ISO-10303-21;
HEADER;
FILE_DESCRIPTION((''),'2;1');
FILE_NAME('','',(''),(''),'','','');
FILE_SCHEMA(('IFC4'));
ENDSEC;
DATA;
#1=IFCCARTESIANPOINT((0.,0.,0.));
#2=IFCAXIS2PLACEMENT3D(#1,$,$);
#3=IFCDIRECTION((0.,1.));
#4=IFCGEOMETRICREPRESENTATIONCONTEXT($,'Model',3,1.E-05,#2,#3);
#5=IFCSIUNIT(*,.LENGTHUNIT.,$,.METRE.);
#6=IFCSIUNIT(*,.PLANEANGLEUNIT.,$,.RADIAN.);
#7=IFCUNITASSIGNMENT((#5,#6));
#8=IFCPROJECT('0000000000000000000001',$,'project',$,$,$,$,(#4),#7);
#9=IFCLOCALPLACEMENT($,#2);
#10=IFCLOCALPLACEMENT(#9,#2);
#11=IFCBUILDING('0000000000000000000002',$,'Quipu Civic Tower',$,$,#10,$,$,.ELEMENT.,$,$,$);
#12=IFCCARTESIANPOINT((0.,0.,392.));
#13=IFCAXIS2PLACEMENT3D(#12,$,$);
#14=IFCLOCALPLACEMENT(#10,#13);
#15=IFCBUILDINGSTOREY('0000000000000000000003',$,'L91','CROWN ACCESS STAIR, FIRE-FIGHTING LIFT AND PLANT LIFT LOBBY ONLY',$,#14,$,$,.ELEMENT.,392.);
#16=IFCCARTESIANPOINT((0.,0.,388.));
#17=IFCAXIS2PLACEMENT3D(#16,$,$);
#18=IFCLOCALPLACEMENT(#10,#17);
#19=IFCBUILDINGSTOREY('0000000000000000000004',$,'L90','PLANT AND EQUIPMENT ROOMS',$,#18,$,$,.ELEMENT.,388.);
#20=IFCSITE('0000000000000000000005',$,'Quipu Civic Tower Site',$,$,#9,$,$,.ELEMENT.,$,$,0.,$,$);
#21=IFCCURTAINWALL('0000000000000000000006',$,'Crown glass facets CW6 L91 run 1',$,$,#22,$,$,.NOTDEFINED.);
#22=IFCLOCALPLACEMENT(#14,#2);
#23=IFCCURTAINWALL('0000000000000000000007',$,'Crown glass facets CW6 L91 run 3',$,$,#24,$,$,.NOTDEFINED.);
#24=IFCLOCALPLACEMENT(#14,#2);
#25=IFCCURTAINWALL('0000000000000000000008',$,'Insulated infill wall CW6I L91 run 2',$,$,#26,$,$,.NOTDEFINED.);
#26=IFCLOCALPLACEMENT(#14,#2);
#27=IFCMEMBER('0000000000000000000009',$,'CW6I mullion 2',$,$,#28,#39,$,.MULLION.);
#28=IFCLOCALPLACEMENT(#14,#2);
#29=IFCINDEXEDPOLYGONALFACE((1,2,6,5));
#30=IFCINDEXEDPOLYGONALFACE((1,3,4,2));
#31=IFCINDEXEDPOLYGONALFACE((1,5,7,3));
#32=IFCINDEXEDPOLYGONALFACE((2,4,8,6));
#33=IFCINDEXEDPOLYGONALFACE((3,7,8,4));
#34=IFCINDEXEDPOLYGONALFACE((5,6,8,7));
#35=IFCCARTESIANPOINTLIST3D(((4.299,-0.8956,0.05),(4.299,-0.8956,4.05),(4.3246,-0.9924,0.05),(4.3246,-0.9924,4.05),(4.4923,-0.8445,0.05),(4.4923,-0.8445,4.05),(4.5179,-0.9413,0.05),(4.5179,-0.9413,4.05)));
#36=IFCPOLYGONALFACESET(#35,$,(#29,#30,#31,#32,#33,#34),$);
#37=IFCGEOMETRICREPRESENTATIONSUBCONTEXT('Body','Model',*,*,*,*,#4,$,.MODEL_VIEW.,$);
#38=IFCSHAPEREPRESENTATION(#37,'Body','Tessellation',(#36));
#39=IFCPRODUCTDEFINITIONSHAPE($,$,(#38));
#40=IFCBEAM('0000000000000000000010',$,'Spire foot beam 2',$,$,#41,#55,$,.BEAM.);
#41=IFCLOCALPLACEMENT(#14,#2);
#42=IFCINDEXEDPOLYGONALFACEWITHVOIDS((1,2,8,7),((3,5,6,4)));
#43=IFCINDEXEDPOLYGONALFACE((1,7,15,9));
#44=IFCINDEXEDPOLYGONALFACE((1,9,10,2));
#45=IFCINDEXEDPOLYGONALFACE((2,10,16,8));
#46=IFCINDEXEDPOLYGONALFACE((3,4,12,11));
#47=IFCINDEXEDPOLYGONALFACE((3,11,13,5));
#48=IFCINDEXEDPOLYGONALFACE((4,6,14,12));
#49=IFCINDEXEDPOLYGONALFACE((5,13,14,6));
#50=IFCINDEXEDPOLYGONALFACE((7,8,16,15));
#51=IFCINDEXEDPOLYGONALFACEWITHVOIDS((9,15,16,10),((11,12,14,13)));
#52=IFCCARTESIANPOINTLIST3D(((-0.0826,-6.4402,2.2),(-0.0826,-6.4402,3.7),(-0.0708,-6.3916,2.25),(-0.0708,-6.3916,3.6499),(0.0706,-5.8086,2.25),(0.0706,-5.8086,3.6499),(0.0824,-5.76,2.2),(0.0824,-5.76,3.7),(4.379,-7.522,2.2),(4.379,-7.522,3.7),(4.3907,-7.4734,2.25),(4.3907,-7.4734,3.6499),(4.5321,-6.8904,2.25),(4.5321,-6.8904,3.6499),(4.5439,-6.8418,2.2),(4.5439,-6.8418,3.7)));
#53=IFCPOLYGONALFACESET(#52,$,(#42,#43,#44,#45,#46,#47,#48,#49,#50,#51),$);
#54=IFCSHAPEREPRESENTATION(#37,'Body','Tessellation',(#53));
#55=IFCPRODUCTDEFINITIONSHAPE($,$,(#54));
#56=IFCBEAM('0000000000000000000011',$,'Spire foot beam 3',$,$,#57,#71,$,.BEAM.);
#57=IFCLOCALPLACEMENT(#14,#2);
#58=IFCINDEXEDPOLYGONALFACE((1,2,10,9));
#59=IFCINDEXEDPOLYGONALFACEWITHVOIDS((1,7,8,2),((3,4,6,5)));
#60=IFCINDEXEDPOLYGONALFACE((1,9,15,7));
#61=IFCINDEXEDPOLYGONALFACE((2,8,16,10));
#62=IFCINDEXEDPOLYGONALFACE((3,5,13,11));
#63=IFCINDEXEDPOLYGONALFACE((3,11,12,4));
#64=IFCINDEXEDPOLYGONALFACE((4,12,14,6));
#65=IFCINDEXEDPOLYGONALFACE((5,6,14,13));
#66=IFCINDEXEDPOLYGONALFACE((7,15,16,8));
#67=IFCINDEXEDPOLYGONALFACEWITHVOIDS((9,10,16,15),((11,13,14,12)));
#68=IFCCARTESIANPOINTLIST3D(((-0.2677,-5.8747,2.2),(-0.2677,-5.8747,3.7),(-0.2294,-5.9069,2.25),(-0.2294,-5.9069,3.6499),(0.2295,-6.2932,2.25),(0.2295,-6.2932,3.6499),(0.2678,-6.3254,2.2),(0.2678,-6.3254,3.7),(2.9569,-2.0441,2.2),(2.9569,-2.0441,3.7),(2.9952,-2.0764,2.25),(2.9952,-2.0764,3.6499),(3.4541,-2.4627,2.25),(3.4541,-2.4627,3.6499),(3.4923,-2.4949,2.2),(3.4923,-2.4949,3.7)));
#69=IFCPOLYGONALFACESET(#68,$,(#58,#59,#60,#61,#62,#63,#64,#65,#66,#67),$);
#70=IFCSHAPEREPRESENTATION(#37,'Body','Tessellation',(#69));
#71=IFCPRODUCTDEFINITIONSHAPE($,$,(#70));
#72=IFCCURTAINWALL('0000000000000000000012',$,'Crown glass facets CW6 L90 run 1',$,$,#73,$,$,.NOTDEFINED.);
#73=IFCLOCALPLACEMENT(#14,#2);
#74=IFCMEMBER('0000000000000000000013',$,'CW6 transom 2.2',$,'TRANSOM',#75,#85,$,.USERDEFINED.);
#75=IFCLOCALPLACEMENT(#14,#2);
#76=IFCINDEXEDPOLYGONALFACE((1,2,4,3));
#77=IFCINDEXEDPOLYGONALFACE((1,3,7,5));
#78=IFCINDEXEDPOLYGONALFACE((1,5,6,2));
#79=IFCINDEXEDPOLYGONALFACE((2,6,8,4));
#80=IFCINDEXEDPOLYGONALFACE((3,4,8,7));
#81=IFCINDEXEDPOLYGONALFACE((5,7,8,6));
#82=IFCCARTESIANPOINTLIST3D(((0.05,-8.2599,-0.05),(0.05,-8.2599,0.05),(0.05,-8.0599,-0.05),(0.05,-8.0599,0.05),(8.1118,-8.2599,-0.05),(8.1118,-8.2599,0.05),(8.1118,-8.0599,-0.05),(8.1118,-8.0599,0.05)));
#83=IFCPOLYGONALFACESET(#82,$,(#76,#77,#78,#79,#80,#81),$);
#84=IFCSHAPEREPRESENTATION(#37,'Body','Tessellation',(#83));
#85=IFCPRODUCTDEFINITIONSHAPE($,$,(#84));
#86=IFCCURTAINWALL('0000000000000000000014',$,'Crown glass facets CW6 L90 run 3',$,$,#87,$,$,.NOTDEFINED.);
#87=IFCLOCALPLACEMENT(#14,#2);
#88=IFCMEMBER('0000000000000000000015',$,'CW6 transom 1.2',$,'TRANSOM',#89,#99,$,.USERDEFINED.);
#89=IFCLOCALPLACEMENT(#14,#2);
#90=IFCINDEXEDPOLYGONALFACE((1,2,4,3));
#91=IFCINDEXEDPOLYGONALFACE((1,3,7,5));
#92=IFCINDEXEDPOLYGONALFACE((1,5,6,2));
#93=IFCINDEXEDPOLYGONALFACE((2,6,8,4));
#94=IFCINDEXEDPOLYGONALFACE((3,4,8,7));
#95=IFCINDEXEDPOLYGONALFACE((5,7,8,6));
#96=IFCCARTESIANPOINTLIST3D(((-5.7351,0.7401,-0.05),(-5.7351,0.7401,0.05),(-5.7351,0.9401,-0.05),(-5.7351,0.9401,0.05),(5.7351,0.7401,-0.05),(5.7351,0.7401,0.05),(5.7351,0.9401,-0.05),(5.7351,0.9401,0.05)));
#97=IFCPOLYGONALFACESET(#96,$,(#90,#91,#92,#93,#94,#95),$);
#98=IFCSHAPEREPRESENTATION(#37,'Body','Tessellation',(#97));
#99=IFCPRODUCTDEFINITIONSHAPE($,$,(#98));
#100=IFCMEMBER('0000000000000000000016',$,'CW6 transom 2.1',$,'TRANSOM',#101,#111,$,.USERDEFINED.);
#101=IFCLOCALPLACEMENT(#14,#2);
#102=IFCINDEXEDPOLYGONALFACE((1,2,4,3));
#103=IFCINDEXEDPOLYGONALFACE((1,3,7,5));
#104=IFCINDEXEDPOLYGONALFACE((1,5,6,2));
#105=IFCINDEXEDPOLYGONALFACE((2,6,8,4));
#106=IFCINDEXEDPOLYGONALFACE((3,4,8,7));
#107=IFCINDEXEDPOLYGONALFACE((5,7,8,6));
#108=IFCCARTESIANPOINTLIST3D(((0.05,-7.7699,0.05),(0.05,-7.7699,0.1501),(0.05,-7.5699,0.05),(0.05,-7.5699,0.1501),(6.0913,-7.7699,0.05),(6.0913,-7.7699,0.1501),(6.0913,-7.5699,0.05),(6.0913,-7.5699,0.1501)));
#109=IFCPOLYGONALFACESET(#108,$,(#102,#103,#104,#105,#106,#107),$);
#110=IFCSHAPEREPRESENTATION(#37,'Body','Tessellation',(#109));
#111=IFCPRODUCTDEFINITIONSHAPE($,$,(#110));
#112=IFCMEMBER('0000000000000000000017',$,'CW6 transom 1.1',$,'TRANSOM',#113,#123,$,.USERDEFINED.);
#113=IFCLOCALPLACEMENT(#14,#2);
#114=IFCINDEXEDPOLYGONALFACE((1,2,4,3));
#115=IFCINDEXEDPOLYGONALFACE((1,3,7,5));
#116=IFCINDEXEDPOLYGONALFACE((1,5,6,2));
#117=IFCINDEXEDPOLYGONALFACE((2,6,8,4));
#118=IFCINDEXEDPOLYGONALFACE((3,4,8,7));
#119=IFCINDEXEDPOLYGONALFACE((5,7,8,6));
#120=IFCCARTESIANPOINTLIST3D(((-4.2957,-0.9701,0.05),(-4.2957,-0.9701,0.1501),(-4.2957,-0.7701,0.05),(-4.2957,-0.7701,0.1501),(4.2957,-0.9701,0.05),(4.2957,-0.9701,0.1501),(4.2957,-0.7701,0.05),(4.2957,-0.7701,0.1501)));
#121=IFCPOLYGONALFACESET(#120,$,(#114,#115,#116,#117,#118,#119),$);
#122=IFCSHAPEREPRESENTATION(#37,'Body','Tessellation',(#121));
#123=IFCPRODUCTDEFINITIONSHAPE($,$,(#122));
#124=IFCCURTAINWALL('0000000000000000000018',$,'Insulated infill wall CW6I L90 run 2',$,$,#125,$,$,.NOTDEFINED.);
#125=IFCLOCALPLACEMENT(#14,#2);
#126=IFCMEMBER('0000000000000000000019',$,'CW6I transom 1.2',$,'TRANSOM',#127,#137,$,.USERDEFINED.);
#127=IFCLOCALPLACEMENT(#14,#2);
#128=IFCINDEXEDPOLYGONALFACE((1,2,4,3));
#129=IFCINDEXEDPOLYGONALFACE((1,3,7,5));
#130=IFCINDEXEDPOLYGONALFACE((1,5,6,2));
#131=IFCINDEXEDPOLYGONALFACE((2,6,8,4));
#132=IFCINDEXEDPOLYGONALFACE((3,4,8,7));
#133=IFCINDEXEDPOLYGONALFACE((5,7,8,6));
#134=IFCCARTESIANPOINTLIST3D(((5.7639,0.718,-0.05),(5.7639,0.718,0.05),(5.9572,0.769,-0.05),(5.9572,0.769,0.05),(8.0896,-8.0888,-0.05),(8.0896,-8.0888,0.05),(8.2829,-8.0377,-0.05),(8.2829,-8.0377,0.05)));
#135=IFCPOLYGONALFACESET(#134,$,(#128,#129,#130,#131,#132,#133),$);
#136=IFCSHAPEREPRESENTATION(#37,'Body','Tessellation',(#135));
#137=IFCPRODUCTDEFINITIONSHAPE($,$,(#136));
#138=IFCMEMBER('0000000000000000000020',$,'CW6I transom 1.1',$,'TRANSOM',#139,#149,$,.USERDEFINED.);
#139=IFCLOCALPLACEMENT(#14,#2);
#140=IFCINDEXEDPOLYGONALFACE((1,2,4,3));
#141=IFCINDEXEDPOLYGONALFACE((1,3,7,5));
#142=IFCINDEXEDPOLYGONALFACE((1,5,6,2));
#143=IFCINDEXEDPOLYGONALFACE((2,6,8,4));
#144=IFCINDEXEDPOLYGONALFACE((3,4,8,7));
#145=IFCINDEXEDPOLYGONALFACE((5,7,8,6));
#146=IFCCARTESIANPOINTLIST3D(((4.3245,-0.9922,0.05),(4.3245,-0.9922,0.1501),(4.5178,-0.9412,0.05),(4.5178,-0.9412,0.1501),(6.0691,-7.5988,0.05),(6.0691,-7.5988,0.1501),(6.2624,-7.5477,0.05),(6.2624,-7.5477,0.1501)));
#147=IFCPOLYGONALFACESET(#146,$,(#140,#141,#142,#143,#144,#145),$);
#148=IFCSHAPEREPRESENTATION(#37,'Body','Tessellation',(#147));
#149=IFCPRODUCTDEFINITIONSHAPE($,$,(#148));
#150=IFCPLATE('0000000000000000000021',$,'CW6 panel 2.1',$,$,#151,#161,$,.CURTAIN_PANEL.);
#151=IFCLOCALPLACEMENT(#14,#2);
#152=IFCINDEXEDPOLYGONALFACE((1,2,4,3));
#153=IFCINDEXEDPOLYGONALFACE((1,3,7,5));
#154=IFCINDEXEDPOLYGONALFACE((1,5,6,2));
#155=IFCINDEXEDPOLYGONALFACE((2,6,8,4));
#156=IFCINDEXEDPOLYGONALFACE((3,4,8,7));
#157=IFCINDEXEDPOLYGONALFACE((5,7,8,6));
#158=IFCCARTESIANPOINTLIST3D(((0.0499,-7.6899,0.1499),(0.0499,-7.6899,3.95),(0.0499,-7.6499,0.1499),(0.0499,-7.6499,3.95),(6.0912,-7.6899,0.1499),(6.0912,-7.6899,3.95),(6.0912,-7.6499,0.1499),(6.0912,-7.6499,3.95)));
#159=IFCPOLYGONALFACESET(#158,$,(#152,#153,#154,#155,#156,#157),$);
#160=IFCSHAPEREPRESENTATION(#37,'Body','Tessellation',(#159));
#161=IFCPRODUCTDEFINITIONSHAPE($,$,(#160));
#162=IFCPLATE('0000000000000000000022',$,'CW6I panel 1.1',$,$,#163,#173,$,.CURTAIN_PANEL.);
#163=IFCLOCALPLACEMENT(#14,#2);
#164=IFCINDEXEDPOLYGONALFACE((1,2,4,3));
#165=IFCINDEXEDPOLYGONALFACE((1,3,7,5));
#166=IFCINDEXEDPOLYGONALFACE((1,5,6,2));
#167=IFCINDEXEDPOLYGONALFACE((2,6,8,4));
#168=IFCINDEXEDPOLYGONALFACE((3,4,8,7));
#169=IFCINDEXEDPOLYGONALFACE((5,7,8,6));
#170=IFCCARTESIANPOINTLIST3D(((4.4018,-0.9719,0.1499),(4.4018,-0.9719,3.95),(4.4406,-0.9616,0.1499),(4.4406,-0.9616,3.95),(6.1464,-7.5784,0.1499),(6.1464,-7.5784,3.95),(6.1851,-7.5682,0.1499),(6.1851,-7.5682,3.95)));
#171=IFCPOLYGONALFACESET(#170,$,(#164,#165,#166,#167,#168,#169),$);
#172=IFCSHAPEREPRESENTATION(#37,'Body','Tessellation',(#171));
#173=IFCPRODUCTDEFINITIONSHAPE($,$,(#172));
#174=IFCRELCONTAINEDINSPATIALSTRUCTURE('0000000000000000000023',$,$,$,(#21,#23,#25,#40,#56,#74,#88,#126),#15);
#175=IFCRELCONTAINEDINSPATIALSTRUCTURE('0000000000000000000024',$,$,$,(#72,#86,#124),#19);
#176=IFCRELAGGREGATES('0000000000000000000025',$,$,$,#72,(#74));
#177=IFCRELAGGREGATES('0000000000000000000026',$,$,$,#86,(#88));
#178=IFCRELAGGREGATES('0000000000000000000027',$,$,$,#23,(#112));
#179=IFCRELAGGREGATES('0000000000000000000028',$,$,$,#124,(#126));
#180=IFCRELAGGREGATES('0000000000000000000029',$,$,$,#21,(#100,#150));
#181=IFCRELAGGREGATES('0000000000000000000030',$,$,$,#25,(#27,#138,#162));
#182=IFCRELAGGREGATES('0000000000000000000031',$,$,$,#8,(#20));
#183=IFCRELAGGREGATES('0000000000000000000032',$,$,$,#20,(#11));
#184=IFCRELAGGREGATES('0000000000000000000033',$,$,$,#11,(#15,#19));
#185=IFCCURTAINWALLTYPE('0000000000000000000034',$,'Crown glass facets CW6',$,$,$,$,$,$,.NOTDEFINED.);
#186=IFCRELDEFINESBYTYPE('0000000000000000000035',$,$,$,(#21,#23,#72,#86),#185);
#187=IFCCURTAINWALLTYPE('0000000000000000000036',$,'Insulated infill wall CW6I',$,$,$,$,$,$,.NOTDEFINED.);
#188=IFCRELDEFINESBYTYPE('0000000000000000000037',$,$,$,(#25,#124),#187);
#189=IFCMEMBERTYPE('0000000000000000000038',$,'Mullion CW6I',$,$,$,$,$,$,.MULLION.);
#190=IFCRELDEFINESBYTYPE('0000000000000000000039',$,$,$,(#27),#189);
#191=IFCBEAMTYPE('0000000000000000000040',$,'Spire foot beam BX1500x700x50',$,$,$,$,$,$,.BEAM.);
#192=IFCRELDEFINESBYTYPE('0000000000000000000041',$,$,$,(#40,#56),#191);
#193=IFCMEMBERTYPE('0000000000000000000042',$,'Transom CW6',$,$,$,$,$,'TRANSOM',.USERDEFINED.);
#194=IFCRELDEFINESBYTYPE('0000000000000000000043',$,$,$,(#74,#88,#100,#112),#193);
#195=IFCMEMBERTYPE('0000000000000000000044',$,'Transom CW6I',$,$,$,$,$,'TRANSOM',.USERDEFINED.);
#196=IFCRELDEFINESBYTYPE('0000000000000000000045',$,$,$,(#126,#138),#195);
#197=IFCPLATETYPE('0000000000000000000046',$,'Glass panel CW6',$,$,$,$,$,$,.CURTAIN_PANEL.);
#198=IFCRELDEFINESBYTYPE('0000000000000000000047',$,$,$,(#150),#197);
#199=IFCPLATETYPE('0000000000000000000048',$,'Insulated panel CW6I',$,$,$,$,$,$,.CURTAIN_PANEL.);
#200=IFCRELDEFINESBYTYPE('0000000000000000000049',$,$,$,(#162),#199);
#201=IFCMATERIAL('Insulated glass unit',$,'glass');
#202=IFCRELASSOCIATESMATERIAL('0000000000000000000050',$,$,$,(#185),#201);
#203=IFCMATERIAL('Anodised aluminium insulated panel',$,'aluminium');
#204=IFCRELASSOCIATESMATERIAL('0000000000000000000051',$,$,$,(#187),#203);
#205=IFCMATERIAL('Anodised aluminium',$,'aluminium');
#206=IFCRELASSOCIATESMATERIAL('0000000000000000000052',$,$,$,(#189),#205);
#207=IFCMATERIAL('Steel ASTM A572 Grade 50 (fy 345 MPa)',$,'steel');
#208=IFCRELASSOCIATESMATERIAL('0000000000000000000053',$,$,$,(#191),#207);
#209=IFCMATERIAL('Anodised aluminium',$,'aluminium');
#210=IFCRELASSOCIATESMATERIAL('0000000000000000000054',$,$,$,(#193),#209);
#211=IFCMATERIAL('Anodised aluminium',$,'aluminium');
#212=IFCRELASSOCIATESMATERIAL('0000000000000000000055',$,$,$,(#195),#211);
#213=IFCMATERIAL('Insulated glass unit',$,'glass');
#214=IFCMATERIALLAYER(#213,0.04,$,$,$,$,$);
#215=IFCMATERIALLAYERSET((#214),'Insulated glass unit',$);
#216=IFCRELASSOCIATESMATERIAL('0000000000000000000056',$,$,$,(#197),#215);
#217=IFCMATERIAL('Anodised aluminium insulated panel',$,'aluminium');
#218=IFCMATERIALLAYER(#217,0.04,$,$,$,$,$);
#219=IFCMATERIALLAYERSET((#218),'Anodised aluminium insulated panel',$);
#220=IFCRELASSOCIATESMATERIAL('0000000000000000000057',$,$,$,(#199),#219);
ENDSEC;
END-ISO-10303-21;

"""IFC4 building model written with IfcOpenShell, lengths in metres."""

from ifc_helpers import new_model, si_unit, direction, frame, origin, origin_2d, place, context, subcontext, project, spatial, rectangle, hollow_rectangle, extrude, material, layer, layer_set, material_profile, profile_set, type_object, element, aggregate, save


model = new_model("IFC4")

# Units and contexts
model_context = context("Model", 3, precision=1e-05, world=origin(), true_north=direction((0.0, 1.0)))
body_context = subcontext(model_context, "Body", "Model", "MODEL_VIEW")
ifc_project = project(units=[si_unit("LENGTHUNIT", "METRE"), si_unit("PLANEANGLEUNIT", "RADIAN")], contexts=[model_context])

# Site, building, storey
site_placement = place(None, origin())
site = spatial("IfcSite", under=ifc_project, at=site_placement, Name="Quipu Civic Tower Site", CompositionType="ELEMENT", RefElevation=0.0)
building_placement = place(site_placement, origin())
building = spatial("IfcBuilding", under=site, at=building_placement, Name="Quipu Civic Tower", CompositionType="ELEMENT")
storey_1_placement = place(building_placement, frame((0.0, 0.0, 392.0)))
storey_1 = spatial("IfcBuildingStorey", under=building, at=storey_1_placement, Name="L91", Description="CROWN ACCESS STAIR, FIRE-FIGHTING LIFT AND PLANT LIFT LOBBY ONLY", CompositionType="ELEMENT", Elevation=392.0)

# Curtain walls
ifc_material_1 = material(Name="Insulated glass unit", Category="glass")
curtain_wall_type_1 = type_object("IfcCurtainWallType", Name="Crown glass facets CW6", PredefinedType="NOTDEFINED", material=ifc_material_1)
curtain_wall_1_placement = place(storey_1_placement, origin())
curtain_wall_1 = element("IfcCurtainWall", 1, at=curtain_wall_1_placement, inside=storey_1, type_object=curtain_wall_type_1, Name="Crown glass facets CW6 L91 run 1", PredefinedType="NOTDEFINED")
curtain_wall_2_placement = place(storey_1_placement, origin())
curtain_wall_2 = element("IfcCurtainWall", 2, at=curtain_wall_2_placement, inside=storey_1, type_object=curtain_wall_type_1, Name="Crown glass facets CW6 L91 run 3", PredefinedType="NOTDEFINED")

# Curtain wall, member
ifc_material_2 = material(Name="Anodised aluminium insulated panel", Category="aluminium")
curtain_wall_type_2 = type_object("IfcCurtainWallType", Name="Insulated infill wall CW6I", PredefinedType="NOTDEFINED", material=ifc_material_2)
curtain_wall_3_placement = place(storey_1_placement, origin())
curtain_wall_3 = element("IfcCurtainWall", 3, at=curtain_wall_3_placement, inside=storey_1, type_object=curtain_wall_type_2, Name="Insulated infill wall CW6I L91 run 2", PredefinedType="NOTDEFINED")
ifc_material_3 = material(Name="Anodised aluminium", Category="aluminium")
ifc_material_profile_1 = material_profile(ifc_material_3, rectangle(XDim=0.2, YDim=0.1001, at=origin_2d()), Name="RECT 200x100")
ifc_profile_set_1 = profile_set([ifc_material_profile_1], Name="Anodised aluminium")
member_type_1 = type_object("IfcMemberType", Name="Mullion CW6I", PredefinedType="MULLION", material=ifc_profile_set_1)
member_1_placement = place(storey_1_placement, frame((4.4084, -0.9185, 0.05), z_axis=(0.0, 0.0, 1.0), x_axis=(-0.96686, -0.255308, 0.0)))
member_1 = element("IfcMember", 4, at=member_1_placement, type_object=member_type_1, Name="CW6I mullion 2", PredefinedType="MULLION", context=body_context, shape_type="SweptSolid", body=[
    extrude(rectangle(XDim=0.2, YDim=0.1001, at=origin_2d()), origin(), (0.0, 0.0, 1.0), 4.0),
])

# Beams
ifc_material_4 = material(Name="Steel ASTM A572 Grade 50 (fy 345 MPa)", Category="steel")
ifc_material_profile_2 = material_profile(ifc_material_4, hollow_rectangle(XDim=0.7, YDim=1.5, WallThickness=0.05, at=origin_2d()), Name="BX1500x700x50")
ifc_profile_set_2 = profile_set([ifc_material_profile_2], Name="Steel ASTM A572 Grade 50 (fy 345 MPa)")
beam_type_1 = type_object("IfcBeamType", Name="Spire foot beam BX1500x700x50", PredefinedType="BEAM", material=ifc_profile_set_2)
beam_1_placement = place(storey_1_placement, frame((4.4614, -7.1819, 2.95), z_axis=(-0.971839, 0.235647, 0.0), x_axis=(-0.235647, -0.971839, 0.0)))
element("IfcBeam", 5, at=beam_1_placement, inside=storey_1, type_object=beam_type_1, Name="Spire foot beam 2", PredefinedType="BEAM", context=body_context, shape_type="SweptSolid", body=[
    extrude(hollow_rectangle(XDim=0.7, YDim=1.5, WallThickness=0.05, at=origin_2d()), origin(), (0.0, 0.0, 1.0), 4.5908),
])
beam_2_placement = place(storey_1_placement, frame((3.2246, -2.2695, 2.95), z_axis=(-0.644004, -0.765022, 0.0), x_axis=(0.765022, -0.644004, 0.0)))
element("IfcBeam", 6, at=beam_2_placement, inside=storey_1, type_object=beam_type_1, Name="Spire foot beam 3", PredefinedType="BEAM", context=body_context, shape_type="SweptSolid", body=[
    extrude(hollow_rectangle(XDim=0.7, YDim=1.5, WallThickness=0.05, at=origin_2d()), origin(), (0.0, 0.0, 1.0), 5.0071),
])

# Shared definitions
storey_2_placement = place(building_placement, frame((0.0, 0.0, 388.0)))
storey_2 = spatial("IfcBuildingStorey", under=building, at=storey_2_placement, Name="L90", Description="PLANT AND EQUIPMENT ROOMS", CompositionType="ELEMENT", Elevation=388.0)

# Curtain walls, members
curtain_wall_4_placement = place(storey_2_placement, origin())
curtain_wall_4 = element("IfcCurtainWall", 7, at=curtain_wall_4_placement, inside=storey_2, type_object=curtain_wall_type_1, Name="Crown glass facets CW6 L90 run 1", PredefinedType="NOTDEFINED")
ifc_material_5 = material(Name="Anodised aluminium", Category="aluminium")
ifc_material_profile_3 = material_profile(ifc_material_5, rectangle(XDim=0.2, YDim=0.1001, at=origin_2d()), Name="RECT 200x100")
ifc_profile_set_3 = profile_set([ifc_material_profile_3], Name="Anodised aluminium")
member_type_2 = type_object("IfcMemberType", Name="Transom CW6", ElementType="TRANSOM", PredefinedType="USERDEFINED", material=ifc_profile_set_3)
member_2_placement = place(storey_1_placement, frame((0.05, -8.1599, 0.0), z_axis=(1.0, 0.0, 0.0), x_axis=(0.0, 1.0, 0.0)))
member_2 = element("IfcMember", 8, at=member_2_placement, inside=storey_1, type_object=member_type_2, Name="CW6 transom 2.2", ObjectType="TRANSOM", PredefinedType="USERDEFINED", context=body_context, shape_type="SweptSolid", body=[
    extrude(rectangle(XDim=0.2, YDim=0.1001, at=origin_2d()), origin(), (0.0, 0.0, 1.0), 8.0618),
])
aggregate(curtain_wall_4, [member_2])
curtain_wall_5_placement = place(storey_2_placement, origin())
curtain_wall_5 = element("IfcCurtainWall", 9, at=curtain_wall_5_placement, inside=storey_2, type_object=curtain_wall_type_1, Name="Crown glass facets CW6 L90 run 3", PredefinedType="NOTDEFINED")
member_3_placement = place(storey_1_placement, frame((5.7351, 0.8401, 0.0), z_axis=(-1.0, 0.0, 0.0), x_axis=(0.0, -1.0, 0.0)))
member_3 = element("IfcMember", 10, at=member_3_placement, inside=storey_1, type_object=member_type_2, Name="CW6 transom 1.2", ObjectType="TRANSOM", PredefinedType="USERDEFINED", context=body_context, shape_type="SweptSolid", body=[
    extrude(rectangle(XDim=0.2, YDim=0.1001, at=origin_2d()), origin(), (0.0, 0.0, 1.0), 11.4702),
])
aggregate(curtain_wall_5, [member_3])

# Members
member_4_placement = place(storey_1_placement, frame((0.05, -7.6699, 0.1001), z_axis=(1.0, 0.0, 0.0), x_axis=(0.0, 1.0, 0.0)))
member_4 = element("IfcMember", 11, at=member_4_placement, type_object=member_type_2, Name="CW6 transom 2.1", ObjectType="TRANSOM", PredefinedType="USERDEFINED", context=body_context, shape_type="SweptSolid", body=[
    extrude(rectangle(XDim=0.2, YDim=0.1001, at=origin_2d()), origin(), (0.0, 0.0, 1.0), 6.0413),
])
member_5_placement = place(storey_1_placement, frame((4.2957, -0.8701, 0.1001), z_axis=(-1.0, 0.0, 0.0), x_axis=(0.0, -1.0, 0.0)))
member_5 = element("IfcMember", 12, at=member_5_placement, type_object=member_type_2, Name="CW6 transom 1.1", ObjectType="TRANSOM", PredefinedType="USERDEFINED", context=body_context, shape_type="SweptSolid", body=[
    extrude(rectangle(XDim=0.2, YDim=0.1001, at=origin_2d()), origin(), (0.0, 0.0, 1.0), 8.5913),
])
aggregate(curtain_wall_2, [member_5])

# Curtain wall, member
curtain_wall_6_placement = place(storey_2_placement, origin())
curtain_wall_6 = element("IfcCurtainWall", 13, at=curtain_wall_6_placement, inside=storey_2, type_object=curtain_wall_type_2, Name="Insulated infill wall CW6I L90 run 2", PredefinedType="NOTDEFINED")
ifc_material_6 = material(Name="Anodised aluminium", Category="aluminium")
ifc_material_profile_4 = material_profile(ifc_material_6, rectangle(XDim=0.2, YDim=0.1001, at=origin_2d()), Name="RECT 200x100")
ifc_profile_set_4 = profile_set([ifc_material_profile_4], Name="Anodised aluminium")
member_type_3 = type_object("IfcMemberType", Name="Transom CW6I", ElementType="TRANSOM", PredefinedType="USERDEFINED", material=ifc_profile_set_4)
member_6_placement = place(storey_1_placement, frame((8.1863, -8.0632, 0.0), z_axis=(-0.25533, 0.966854, 0.0), x_axis=(-0.966854, -0.25533, 0.0)))
member_6 = element("IfcMember", 14, at=member_6_placement, inside=storey_1, type_object=member_type_3, Name="CW6I transom 1.2", ObjectType="TRANSOM", PredefinedType="USERDEFINED", context=body_context, shape_type="SweptSolid", body=[
    extrude(rectangle(XDim=0.2, YDim=0.1001, at=origin_2d()), origin(), (0.0, 0.0, 1.0), 9.1086),
])
aggregate(curtain_wall_6, [member_6])

# Member
member_7_placement = place(storey_1_placement, frame((6.1658, -7.5732, 0.1001), z_axis=(-0.255327, 0.966855, 0.0), x_axis=(-0.966855, -0.255327, 0.0)))
member_7 = element("IfcMember", 15, at=member_7_placement, type_object=member_type_3, Name="CW6I transom 1.1", ObjectType="TRANSOM", PredefinedType="USERDEFINED", context=body_context, shape_type="SweptSolid", body=[
    extrude(rectangle(XDim=0.2, YDim=0.1001, at=origin_2d()), origin(), (0.0, 0.0, 1.0), 6.833),
])

# Plates
ifc_material_7 = material(Name="Insulated glass unit", Category="glass")
ifc_layer_1 = layer(ifc_material_7, 0.04)
ifc_layer_set_1 = layer_set([ifc_layer_1], Name="Insulated glass unit")
plate_type_1 = type_object("IfcPlateType", Name="Glass panel CW6", PredefinedType="CURTAIN_PANEL", material=ifc_layer_set_1)
plate_1_placement = place(storey_1_placement, frame((3.0706, -7.6699, 0.1499), z_axis=(0.0, 0.0, 1.0), x_axis=(1.0, 0.0, 0.0)))
plate_1 = element("IfcPlate", 16, at=plate_1_placement, type_object=plate_type_1, Name="CW6 panel 2.1", PredefinedType="CURTAIN_PANEL", context=body_context, shape_type="SweptSolid", body=[
    extrude(rectangle(XDim=6.0413, YDim=0.04, at=origin_2d()), origin(), (0.0, 0.0, 1.0), 3.8),
])
aggregate(curtain_wall_1, [member_4, plate_1])
ifc_material_8 = material(Name="Anodised aluminium insulated panel", Category="aluminium")
ifc_layer_2 = layer(ifc_material_8, 0.04)
ifc_layer_set_2 = layer_set([ifc_layer_2], Name="Anodised aluminium insulated panel")
plate_type_2 = type_object("IfcPlateType", Name="Insulated panel CW6I", PredefinedType="CURTAIN_PANEL", material=ifc_layer_set_2)
plate_2_placement = place(storey_1_placement, frame((5.2935, -4.27, 0.1499), z_axis=(0.0, 0.0, 1.0), x_axis=(-0.255308, 0.96686, 0.0)))
plate_2 = element("IfcPlate", 17, at=plate_2_placement, type_object=plate_type_2, Name="CW6I panel 1.1", PredefinedType="CURTAIN_PANEL", context=body_context, shape_type="SweptSolid", body=[
    extrude(rectangle(XDim=6.833, YDim=0.04, at=origin_2d()), origin(), (0.0, 0.0, 1.0), 3.8),
])
aggregate(curtain_wall_3, [member_1, member_7, plate_2])

save(model, "model.ifc")
